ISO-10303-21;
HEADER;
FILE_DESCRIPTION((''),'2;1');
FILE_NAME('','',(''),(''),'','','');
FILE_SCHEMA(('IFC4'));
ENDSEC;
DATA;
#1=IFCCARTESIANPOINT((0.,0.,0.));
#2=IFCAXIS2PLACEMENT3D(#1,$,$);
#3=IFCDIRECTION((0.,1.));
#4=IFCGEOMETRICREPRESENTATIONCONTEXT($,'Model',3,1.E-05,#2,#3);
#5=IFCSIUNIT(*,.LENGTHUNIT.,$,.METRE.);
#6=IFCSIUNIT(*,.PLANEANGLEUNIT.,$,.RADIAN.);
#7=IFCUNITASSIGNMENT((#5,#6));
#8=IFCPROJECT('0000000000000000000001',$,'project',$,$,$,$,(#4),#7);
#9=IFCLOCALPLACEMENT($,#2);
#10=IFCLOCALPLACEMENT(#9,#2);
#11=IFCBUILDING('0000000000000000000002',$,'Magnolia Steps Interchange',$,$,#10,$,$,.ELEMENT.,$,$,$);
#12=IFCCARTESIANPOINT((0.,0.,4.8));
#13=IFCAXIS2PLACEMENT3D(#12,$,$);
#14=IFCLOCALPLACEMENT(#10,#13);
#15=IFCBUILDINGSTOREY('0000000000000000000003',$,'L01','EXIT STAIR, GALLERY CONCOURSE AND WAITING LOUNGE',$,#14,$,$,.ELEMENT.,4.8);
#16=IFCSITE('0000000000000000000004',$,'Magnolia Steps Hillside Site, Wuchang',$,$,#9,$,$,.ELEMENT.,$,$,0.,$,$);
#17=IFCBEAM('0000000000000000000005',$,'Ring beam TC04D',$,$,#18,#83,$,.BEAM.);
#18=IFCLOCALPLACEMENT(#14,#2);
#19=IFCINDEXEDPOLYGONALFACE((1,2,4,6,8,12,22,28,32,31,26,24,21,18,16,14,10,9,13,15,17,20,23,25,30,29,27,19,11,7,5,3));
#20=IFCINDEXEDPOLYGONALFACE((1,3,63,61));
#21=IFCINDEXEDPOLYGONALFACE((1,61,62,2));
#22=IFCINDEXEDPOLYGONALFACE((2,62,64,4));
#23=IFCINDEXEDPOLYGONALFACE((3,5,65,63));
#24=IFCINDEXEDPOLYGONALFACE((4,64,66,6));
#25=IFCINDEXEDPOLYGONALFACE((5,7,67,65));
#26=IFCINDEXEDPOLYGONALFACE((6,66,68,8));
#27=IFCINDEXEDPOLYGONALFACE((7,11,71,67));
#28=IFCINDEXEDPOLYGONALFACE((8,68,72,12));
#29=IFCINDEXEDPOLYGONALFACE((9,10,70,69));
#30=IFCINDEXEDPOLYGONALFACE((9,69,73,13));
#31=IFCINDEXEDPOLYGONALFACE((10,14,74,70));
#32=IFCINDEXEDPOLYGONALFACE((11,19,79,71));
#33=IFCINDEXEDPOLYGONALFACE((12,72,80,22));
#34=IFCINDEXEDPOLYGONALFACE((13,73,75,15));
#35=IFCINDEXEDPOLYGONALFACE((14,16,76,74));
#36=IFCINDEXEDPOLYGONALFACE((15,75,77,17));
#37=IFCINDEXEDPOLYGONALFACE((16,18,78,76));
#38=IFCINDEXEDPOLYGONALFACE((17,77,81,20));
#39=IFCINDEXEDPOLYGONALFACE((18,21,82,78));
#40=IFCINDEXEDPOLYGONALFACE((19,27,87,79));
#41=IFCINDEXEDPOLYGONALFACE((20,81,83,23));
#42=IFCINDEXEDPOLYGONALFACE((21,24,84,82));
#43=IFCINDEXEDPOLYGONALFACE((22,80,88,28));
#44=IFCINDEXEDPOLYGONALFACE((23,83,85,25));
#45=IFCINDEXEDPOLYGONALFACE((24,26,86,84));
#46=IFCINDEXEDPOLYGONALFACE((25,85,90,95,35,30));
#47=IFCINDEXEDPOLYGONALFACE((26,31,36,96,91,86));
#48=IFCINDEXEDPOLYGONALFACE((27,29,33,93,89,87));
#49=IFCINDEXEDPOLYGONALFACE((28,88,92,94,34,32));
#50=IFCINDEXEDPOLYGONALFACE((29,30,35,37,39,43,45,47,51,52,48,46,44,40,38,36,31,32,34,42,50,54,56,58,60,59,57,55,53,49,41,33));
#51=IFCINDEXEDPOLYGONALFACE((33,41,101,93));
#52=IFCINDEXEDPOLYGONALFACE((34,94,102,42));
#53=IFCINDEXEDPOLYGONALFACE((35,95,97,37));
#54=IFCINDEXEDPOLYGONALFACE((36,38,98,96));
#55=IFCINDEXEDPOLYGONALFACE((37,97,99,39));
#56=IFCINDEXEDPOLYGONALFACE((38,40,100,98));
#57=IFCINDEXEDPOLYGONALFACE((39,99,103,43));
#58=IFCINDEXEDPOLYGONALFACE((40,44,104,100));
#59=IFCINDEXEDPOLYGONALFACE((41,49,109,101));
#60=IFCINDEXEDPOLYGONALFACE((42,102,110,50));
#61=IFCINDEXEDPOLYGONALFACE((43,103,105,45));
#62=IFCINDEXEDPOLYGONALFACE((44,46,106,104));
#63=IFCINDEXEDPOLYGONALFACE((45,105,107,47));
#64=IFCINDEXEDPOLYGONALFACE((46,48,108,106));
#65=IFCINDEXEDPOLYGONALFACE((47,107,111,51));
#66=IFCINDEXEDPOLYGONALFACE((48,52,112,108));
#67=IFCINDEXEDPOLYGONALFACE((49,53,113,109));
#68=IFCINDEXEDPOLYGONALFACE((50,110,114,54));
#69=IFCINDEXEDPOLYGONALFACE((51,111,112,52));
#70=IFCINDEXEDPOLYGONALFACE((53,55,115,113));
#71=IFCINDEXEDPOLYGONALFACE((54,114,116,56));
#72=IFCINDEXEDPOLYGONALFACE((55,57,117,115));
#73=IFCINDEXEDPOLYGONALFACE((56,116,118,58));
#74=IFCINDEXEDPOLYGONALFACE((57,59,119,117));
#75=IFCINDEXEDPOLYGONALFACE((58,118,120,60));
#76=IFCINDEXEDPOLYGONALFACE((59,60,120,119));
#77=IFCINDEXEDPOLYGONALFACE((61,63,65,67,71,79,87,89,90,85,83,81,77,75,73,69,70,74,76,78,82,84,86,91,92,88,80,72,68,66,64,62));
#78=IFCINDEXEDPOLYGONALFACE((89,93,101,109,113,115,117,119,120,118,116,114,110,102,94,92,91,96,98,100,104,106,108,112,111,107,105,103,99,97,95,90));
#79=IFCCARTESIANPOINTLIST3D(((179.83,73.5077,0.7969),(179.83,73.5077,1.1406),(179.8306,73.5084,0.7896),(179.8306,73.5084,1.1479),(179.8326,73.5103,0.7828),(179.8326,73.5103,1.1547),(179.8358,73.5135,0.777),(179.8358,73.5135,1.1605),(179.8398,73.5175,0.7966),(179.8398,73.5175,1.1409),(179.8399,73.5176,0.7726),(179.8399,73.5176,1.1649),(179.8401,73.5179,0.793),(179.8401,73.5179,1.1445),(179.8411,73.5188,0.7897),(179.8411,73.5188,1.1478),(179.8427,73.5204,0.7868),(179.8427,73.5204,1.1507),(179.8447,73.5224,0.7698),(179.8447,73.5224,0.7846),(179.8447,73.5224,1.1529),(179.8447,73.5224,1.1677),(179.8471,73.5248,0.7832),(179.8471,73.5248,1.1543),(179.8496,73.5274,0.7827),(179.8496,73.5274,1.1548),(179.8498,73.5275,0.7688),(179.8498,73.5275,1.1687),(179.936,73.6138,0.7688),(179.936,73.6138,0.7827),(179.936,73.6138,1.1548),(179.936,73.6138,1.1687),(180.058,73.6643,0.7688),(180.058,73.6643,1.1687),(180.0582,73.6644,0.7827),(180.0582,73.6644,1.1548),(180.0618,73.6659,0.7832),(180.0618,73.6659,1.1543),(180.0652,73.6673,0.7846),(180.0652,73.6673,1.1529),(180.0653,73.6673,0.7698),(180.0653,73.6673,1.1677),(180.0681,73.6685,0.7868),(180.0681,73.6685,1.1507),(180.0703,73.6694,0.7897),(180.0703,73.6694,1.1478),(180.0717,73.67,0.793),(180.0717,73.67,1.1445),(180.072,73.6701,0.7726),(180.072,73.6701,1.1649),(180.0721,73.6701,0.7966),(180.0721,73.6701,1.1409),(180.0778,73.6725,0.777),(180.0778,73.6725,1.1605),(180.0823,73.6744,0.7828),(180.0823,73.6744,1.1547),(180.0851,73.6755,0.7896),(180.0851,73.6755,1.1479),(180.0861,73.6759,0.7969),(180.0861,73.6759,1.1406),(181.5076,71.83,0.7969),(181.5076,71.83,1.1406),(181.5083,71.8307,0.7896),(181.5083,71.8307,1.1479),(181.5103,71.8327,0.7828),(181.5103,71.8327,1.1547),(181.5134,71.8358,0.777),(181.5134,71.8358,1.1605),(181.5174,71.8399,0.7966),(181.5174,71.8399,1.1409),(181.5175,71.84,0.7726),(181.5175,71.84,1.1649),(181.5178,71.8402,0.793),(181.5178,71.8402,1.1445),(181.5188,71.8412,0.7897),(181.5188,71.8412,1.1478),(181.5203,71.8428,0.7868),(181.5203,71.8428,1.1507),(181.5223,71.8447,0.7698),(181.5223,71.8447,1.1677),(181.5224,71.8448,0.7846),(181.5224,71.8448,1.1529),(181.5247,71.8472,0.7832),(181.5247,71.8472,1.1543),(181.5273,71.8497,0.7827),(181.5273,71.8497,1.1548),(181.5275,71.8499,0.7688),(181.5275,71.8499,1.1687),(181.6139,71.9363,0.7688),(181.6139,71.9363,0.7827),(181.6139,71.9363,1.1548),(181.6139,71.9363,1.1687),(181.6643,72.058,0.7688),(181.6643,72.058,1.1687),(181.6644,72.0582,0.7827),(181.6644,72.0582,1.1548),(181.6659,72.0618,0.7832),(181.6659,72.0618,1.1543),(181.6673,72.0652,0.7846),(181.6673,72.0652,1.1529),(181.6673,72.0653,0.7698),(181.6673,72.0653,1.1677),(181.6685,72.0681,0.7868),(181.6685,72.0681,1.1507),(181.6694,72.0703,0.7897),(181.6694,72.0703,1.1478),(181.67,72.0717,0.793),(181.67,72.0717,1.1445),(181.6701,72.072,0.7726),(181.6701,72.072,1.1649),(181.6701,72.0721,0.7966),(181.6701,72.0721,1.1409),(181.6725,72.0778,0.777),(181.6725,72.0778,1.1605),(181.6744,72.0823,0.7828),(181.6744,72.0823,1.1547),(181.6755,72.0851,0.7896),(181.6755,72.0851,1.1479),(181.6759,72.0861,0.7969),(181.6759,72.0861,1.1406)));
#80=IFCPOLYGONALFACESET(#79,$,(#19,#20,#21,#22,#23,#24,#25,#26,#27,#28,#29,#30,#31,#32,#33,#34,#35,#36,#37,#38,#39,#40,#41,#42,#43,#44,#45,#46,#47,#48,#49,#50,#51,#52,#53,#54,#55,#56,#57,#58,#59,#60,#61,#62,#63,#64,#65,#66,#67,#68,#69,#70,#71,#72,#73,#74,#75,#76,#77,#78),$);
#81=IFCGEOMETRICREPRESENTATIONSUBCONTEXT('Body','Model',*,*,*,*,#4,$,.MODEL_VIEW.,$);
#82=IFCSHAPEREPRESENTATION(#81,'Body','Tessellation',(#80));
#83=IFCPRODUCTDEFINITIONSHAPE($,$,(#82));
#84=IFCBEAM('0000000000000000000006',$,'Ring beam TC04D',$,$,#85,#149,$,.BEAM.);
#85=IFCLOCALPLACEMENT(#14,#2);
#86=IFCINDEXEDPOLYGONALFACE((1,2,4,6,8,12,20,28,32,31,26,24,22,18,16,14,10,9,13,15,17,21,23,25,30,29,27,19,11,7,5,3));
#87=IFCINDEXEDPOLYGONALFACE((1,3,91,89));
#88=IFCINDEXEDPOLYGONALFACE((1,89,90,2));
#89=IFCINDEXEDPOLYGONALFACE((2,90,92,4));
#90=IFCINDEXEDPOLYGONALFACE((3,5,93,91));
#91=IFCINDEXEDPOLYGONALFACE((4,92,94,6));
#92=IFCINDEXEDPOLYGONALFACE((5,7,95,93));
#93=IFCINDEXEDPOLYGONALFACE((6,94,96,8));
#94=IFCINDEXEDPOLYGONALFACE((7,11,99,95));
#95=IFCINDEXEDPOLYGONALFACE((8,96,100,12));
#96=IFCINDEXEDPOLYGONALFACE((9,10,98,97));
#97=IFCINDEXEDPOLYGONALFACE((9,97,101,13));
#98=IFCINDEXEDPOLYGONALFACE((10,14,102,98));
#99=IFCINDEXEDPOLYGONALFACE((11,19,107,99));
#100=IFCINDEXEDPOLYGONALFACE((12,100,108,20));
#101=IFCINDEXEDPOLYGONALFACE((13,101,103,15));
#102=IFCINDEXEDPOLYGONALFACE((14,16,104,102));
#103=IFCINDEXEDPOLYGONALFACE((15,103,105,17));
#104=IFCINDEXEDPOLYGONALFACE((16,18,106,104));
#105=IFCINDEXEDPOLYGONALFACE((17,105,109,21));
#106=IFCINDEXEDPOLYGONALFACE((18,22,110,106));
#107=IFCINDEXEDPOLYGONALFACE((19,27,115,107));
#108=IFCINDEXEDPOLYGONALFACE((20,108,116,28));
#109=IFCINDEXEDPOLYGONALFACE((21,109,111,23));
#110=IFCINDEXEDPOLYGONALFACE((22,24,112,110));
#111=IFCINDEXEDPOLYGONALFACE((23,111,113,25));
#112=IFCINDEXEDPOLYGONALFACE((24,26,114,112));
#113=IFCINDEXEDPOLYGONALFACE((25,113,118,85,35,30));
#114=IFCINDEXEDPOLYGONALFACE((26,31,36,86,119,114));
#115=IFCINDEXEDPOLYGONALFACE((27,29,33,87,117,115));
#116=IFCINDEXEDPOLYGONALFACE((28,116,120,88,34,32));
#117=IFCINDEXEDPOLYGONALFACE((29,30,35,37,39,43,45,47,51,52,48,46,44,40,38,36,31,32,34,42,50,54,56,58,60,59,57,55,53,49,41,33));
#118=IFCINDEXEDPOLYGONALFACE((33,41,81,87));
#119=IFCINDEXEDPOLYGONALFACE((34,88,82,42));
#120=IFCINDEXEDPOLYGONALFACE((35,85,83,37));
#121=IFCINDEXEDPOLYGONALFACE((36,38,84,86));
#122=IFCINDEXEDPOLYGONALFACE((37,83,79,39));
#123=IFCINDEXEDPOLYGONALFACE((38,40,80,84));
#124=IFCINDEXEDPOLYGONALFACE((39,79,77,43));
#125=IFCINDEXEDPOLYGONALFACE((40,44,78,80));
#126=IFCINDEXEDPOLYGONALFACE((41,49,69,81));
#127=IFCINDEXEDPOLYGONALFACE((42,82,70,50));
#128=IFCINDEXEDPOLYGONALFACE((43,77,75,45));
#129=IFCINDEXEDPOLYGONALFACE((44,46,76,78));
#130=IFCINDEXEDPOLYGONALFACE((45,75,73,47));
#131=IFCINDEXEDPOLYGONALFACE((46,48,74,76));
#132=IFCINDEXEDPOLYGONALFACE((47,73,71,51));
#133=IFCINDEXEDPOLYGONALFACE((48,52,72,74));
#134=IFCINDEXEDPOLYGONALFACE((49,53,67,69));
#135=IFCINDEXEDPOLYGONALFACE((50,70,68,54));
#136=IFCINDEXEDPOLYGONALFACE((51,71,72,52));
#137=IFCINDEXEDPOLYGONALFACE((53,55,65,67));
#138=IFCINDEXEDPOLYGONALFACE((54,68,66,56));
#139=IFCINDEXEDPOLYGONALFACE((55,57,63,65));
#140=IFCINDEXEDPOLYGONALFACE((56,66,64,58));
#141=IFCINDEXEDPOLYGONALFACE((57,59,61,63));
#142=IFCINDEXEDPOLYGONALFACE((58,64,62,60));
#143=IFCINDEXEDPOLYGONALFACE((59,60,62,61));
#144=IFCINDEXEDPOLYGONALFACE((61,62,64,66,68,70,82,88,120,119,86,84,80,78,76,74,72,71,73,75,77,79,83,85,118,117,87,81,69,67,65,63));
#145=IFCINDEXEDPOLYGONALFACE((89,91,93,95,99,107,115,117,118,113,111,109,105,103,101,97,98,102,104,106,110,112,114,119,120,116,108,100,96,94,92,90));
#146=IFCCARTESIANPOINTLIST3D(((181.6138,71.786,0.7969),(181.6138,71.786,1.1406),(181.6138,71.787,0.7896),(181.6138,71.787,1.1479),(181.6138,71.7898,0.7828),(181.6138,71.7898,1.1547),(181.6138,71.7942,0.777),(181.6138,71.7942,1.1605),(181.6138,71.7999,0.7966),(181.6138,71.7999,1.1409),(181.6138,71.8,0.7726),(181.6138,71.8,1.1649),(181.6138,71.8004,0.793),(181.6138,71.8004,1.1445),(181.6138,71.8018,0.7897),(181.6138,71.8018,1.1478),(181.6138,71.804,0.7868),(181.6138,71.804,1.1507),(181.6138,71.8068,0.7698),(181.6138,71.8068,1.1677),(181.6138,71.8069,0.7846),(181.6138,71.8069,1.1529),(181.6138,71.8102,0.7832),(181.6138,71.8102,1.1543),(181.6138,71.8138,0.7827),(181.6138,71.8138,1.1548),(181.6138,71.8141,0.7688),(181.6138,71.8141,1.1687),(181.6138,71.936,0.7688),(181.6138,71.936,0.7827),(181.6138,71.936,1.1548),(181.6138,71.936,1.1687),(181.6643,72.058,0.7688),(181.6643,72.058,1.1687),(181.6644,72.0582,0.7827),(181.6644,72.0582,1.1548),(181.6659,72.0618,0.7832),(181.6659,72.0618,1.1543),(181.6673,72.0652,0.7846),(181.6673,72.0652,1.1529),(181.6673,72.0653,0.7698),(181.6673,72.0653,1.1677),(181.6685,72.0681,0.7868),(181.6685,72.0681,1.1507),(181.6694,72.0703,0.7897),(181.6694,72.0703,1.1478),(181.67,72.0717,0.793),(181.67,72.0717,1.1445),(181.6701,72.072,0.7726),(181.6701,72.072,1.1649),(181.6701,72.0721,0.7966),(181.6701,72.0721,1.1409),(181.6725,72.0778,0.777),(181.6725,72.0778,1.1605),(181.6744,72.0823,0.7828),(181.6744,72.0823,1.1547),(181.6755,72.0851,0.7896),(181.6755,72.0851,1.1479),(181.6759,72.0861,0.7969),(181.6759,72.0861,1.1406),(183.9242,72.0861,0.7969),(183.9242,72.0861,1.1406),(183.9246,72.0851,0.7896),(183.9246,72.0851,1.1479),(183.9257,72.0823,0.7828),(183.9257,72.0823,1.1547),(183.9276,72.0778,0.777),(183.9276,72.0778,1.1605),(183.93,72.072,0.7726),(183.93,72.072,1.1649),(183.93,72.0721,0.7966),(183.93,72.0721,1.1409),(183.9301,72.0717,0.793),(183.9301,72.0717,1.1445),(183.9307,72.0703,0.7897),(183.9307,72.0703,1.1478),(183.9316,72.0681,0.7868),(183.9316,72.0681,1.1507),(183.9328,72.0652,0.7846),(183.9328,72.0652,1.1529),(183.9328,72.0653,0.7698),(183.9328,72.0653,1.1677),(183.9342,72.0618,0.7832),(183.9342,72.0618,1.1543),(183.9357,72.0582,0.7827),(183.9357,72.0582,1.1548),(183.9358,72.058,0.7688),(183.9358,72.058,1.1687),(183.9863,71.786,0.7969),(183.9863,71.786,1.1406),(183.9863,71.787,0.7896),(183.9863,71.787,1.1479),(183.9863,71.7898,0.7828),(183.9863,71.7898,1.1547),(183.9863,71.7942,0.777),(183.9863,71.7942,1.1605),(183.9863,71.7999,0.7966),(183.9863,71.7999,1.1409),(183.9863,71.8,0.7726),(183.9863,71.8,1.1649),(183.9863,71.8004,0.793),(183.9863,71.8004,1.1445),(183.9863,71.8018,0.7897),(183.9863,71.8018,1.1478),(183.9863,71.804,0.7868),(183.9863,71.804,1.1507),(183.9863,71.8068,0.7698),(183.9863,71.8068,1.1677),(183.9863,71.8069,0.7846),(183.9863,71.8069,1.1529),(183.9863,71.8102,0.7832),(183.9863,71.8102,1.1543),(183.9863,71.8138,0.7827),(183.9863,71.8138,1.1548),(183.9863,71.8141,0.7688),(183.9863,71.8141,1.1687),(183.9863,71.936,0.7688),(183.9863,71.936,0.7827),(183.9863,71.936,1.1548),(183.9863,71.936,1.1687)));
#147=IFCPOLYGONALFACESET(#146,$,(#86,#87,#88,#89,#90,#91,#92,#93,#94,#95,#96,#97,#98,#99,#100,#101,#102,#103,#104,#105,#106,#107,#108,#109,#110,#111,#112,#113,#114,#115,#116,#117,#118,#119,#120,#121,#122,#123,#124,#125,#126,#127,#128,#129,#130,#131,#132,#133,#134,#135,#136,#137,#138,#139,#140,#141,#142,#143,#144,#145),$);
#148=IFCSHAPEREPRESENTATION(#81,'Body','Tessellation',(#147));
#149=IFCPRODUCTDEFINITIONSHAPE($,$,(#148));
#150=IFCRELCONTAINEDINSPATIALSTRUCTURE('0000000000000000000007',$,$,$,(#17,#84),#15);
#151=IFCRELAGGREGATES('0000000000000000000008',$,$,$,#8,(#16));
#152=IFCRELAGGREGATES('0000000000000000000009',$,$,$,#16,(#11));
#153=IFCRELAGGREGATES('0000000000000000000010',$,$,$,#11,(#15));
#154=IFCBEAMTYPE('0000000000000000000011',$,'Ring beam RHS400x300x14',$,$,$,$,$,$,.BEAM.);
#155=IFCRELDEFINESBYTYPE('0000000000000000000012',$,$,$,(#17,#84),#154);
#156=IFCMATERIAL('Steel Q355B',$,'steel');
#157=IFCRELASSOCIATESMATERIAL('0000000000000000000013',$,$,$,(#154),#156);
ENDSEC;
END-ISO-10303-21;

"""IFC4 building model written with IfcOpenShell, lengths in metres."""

from ifc_helpers import new_model, si_unit, direction, frame, origin, origin_2d, place, context, subcontext, project, spatial, hollow_rectangle, extrude, clip, halfspace, material, material_profile, profile_set, type_object, element, save


model = new_model("IFC4")

# Units and contexts
model_context = context("Model", 3, precision=1e-05, world=origin(), true_north=direction((0.0, 1.0)))
body_context = subcontext(model_context, "Body", "Model", "MODEL_VIEW")
ifc_project = project(units=[si_unit("LENGTHUNIT", "METRE"), si_unit("PLANEANGLEUNIT", "RADIAN")], contexts=[model_context])

# Site, building, storey
site_placement = place(None, origin())
site = spatial("IfcSite", under=ifc_project, at=site_placement, Name="Magnolia Steps Hillside Site, Wuchang", CompositionType="ELEMENT", RefElevation=0.0)
building_placement = place(site_placement, origin())
building = spatial("IfcBuilding", under=site, at=building_placement, Name="Magnolia Steps Interchange", CompositionType="ELEMENT")
storey_placement = place(building_placement, frame((0.0, 0.0, 4.8)))
storey = spatial("IfcBuildingStorey", under=building, at=storey_placement, Name="L01", Description="EXIT STAIR, GALLERY CONCOURSE AND WAITING LOUNGE", CompositionType="ELEMENT", Elevation=4.8)

# Beams
ifc_material_1 = material(Name="Steel Q355B", Category="steel")
ifc_material_profile_1 = material_profile(ifc_material_1, hollow_rectangle(XDim=0.3, YDim=0.3999, WallThickness=0.0139, InnerFilletRadius=0.0139, OuterFilletRadius=0.0281, at=origin_2d()), Name="RHS400x300x14")
ifc_profile_set_1 = profile_set([ifc_material_profile_1], Name="Steel Q355B")
beam_type_1 = type_object("IfcBeamType", Name="Ring beam RHS400x300x14", PredefinedType="BEAM", material=ifc_profile_set_1)
beam_1_placement = place(storey_placement, frame((179.936, 73.6138, 0.9688), z_axis=(0.707107, -0.707107, 0.0), x_axis=(0.707107, 0.707107, 0.0)))
element("IfcBeam", 1, at=beam_1_placement, inside=storey, type_object=beam_type_1, Name="Ring beam TC04D", PredefinedType="BEAM", context=body_context, shape_type="Clipping", body=[
    clip(clip(extrude(hollow_rectangle(XDim=0.3, YDim=0.3999, WallThickness=0.0139, InnerFilletRadius=0.0139, OuterFilletRadius=0.0281, at=origin_2d()), origin(), (0.0, 0.0, 1.0), 2.3726), halfspace(frame((0.0, 0.0, 0.0), z_axis=(0.382683, 0.0, -0.92388), x_axis=(0.92388, 0.0, 0.382683)), False)), halfspace(frame((0.0, 0.0, 2.3727), z_axis=(0.382683, 0.0, 0.92388), x_axis=(0.92388, 0.0, -0.382683)), False)),
])
beam_2_placement = place(storey_placement, frame((181.6138, 71.936, 0.9688), z_axis=(1.0, 0.0, 0.0), x_axis=(0.0, 1.0, 0.0)))
element("IfcBeam", 2, at=beam_2_placement, inside=storey, type_object=beam_type_1, Name="Ring beam TC04D", PredefinedType="BEAM", context=body_context, shape_type="Clipping", body=[
    clip(clip(extrude(hollow_rectangle(XDim=0.3, YDim=0.3999, WallThickness=0.0139, InnerFilletRadius=0.0139, OuterFilletRadius=0.0281, at=origin_2d()), origin(), (0.0, 0.0, 1.0), 2.3726), halfspace(frame((0.0, 0.0, 0.0), z_axis=(0.382683, 0.0, -0.92388), x_axis=(0.92388, 0.0, 0.382683)), False)), halfspace(frame((0.0, 0.0, 2.3726), z_axis=(0.382683, 0.0, 0.92388), x_axis=(0.92388, 0.0, -0.382683)), False)),
])

save(model, "model.ifc")
